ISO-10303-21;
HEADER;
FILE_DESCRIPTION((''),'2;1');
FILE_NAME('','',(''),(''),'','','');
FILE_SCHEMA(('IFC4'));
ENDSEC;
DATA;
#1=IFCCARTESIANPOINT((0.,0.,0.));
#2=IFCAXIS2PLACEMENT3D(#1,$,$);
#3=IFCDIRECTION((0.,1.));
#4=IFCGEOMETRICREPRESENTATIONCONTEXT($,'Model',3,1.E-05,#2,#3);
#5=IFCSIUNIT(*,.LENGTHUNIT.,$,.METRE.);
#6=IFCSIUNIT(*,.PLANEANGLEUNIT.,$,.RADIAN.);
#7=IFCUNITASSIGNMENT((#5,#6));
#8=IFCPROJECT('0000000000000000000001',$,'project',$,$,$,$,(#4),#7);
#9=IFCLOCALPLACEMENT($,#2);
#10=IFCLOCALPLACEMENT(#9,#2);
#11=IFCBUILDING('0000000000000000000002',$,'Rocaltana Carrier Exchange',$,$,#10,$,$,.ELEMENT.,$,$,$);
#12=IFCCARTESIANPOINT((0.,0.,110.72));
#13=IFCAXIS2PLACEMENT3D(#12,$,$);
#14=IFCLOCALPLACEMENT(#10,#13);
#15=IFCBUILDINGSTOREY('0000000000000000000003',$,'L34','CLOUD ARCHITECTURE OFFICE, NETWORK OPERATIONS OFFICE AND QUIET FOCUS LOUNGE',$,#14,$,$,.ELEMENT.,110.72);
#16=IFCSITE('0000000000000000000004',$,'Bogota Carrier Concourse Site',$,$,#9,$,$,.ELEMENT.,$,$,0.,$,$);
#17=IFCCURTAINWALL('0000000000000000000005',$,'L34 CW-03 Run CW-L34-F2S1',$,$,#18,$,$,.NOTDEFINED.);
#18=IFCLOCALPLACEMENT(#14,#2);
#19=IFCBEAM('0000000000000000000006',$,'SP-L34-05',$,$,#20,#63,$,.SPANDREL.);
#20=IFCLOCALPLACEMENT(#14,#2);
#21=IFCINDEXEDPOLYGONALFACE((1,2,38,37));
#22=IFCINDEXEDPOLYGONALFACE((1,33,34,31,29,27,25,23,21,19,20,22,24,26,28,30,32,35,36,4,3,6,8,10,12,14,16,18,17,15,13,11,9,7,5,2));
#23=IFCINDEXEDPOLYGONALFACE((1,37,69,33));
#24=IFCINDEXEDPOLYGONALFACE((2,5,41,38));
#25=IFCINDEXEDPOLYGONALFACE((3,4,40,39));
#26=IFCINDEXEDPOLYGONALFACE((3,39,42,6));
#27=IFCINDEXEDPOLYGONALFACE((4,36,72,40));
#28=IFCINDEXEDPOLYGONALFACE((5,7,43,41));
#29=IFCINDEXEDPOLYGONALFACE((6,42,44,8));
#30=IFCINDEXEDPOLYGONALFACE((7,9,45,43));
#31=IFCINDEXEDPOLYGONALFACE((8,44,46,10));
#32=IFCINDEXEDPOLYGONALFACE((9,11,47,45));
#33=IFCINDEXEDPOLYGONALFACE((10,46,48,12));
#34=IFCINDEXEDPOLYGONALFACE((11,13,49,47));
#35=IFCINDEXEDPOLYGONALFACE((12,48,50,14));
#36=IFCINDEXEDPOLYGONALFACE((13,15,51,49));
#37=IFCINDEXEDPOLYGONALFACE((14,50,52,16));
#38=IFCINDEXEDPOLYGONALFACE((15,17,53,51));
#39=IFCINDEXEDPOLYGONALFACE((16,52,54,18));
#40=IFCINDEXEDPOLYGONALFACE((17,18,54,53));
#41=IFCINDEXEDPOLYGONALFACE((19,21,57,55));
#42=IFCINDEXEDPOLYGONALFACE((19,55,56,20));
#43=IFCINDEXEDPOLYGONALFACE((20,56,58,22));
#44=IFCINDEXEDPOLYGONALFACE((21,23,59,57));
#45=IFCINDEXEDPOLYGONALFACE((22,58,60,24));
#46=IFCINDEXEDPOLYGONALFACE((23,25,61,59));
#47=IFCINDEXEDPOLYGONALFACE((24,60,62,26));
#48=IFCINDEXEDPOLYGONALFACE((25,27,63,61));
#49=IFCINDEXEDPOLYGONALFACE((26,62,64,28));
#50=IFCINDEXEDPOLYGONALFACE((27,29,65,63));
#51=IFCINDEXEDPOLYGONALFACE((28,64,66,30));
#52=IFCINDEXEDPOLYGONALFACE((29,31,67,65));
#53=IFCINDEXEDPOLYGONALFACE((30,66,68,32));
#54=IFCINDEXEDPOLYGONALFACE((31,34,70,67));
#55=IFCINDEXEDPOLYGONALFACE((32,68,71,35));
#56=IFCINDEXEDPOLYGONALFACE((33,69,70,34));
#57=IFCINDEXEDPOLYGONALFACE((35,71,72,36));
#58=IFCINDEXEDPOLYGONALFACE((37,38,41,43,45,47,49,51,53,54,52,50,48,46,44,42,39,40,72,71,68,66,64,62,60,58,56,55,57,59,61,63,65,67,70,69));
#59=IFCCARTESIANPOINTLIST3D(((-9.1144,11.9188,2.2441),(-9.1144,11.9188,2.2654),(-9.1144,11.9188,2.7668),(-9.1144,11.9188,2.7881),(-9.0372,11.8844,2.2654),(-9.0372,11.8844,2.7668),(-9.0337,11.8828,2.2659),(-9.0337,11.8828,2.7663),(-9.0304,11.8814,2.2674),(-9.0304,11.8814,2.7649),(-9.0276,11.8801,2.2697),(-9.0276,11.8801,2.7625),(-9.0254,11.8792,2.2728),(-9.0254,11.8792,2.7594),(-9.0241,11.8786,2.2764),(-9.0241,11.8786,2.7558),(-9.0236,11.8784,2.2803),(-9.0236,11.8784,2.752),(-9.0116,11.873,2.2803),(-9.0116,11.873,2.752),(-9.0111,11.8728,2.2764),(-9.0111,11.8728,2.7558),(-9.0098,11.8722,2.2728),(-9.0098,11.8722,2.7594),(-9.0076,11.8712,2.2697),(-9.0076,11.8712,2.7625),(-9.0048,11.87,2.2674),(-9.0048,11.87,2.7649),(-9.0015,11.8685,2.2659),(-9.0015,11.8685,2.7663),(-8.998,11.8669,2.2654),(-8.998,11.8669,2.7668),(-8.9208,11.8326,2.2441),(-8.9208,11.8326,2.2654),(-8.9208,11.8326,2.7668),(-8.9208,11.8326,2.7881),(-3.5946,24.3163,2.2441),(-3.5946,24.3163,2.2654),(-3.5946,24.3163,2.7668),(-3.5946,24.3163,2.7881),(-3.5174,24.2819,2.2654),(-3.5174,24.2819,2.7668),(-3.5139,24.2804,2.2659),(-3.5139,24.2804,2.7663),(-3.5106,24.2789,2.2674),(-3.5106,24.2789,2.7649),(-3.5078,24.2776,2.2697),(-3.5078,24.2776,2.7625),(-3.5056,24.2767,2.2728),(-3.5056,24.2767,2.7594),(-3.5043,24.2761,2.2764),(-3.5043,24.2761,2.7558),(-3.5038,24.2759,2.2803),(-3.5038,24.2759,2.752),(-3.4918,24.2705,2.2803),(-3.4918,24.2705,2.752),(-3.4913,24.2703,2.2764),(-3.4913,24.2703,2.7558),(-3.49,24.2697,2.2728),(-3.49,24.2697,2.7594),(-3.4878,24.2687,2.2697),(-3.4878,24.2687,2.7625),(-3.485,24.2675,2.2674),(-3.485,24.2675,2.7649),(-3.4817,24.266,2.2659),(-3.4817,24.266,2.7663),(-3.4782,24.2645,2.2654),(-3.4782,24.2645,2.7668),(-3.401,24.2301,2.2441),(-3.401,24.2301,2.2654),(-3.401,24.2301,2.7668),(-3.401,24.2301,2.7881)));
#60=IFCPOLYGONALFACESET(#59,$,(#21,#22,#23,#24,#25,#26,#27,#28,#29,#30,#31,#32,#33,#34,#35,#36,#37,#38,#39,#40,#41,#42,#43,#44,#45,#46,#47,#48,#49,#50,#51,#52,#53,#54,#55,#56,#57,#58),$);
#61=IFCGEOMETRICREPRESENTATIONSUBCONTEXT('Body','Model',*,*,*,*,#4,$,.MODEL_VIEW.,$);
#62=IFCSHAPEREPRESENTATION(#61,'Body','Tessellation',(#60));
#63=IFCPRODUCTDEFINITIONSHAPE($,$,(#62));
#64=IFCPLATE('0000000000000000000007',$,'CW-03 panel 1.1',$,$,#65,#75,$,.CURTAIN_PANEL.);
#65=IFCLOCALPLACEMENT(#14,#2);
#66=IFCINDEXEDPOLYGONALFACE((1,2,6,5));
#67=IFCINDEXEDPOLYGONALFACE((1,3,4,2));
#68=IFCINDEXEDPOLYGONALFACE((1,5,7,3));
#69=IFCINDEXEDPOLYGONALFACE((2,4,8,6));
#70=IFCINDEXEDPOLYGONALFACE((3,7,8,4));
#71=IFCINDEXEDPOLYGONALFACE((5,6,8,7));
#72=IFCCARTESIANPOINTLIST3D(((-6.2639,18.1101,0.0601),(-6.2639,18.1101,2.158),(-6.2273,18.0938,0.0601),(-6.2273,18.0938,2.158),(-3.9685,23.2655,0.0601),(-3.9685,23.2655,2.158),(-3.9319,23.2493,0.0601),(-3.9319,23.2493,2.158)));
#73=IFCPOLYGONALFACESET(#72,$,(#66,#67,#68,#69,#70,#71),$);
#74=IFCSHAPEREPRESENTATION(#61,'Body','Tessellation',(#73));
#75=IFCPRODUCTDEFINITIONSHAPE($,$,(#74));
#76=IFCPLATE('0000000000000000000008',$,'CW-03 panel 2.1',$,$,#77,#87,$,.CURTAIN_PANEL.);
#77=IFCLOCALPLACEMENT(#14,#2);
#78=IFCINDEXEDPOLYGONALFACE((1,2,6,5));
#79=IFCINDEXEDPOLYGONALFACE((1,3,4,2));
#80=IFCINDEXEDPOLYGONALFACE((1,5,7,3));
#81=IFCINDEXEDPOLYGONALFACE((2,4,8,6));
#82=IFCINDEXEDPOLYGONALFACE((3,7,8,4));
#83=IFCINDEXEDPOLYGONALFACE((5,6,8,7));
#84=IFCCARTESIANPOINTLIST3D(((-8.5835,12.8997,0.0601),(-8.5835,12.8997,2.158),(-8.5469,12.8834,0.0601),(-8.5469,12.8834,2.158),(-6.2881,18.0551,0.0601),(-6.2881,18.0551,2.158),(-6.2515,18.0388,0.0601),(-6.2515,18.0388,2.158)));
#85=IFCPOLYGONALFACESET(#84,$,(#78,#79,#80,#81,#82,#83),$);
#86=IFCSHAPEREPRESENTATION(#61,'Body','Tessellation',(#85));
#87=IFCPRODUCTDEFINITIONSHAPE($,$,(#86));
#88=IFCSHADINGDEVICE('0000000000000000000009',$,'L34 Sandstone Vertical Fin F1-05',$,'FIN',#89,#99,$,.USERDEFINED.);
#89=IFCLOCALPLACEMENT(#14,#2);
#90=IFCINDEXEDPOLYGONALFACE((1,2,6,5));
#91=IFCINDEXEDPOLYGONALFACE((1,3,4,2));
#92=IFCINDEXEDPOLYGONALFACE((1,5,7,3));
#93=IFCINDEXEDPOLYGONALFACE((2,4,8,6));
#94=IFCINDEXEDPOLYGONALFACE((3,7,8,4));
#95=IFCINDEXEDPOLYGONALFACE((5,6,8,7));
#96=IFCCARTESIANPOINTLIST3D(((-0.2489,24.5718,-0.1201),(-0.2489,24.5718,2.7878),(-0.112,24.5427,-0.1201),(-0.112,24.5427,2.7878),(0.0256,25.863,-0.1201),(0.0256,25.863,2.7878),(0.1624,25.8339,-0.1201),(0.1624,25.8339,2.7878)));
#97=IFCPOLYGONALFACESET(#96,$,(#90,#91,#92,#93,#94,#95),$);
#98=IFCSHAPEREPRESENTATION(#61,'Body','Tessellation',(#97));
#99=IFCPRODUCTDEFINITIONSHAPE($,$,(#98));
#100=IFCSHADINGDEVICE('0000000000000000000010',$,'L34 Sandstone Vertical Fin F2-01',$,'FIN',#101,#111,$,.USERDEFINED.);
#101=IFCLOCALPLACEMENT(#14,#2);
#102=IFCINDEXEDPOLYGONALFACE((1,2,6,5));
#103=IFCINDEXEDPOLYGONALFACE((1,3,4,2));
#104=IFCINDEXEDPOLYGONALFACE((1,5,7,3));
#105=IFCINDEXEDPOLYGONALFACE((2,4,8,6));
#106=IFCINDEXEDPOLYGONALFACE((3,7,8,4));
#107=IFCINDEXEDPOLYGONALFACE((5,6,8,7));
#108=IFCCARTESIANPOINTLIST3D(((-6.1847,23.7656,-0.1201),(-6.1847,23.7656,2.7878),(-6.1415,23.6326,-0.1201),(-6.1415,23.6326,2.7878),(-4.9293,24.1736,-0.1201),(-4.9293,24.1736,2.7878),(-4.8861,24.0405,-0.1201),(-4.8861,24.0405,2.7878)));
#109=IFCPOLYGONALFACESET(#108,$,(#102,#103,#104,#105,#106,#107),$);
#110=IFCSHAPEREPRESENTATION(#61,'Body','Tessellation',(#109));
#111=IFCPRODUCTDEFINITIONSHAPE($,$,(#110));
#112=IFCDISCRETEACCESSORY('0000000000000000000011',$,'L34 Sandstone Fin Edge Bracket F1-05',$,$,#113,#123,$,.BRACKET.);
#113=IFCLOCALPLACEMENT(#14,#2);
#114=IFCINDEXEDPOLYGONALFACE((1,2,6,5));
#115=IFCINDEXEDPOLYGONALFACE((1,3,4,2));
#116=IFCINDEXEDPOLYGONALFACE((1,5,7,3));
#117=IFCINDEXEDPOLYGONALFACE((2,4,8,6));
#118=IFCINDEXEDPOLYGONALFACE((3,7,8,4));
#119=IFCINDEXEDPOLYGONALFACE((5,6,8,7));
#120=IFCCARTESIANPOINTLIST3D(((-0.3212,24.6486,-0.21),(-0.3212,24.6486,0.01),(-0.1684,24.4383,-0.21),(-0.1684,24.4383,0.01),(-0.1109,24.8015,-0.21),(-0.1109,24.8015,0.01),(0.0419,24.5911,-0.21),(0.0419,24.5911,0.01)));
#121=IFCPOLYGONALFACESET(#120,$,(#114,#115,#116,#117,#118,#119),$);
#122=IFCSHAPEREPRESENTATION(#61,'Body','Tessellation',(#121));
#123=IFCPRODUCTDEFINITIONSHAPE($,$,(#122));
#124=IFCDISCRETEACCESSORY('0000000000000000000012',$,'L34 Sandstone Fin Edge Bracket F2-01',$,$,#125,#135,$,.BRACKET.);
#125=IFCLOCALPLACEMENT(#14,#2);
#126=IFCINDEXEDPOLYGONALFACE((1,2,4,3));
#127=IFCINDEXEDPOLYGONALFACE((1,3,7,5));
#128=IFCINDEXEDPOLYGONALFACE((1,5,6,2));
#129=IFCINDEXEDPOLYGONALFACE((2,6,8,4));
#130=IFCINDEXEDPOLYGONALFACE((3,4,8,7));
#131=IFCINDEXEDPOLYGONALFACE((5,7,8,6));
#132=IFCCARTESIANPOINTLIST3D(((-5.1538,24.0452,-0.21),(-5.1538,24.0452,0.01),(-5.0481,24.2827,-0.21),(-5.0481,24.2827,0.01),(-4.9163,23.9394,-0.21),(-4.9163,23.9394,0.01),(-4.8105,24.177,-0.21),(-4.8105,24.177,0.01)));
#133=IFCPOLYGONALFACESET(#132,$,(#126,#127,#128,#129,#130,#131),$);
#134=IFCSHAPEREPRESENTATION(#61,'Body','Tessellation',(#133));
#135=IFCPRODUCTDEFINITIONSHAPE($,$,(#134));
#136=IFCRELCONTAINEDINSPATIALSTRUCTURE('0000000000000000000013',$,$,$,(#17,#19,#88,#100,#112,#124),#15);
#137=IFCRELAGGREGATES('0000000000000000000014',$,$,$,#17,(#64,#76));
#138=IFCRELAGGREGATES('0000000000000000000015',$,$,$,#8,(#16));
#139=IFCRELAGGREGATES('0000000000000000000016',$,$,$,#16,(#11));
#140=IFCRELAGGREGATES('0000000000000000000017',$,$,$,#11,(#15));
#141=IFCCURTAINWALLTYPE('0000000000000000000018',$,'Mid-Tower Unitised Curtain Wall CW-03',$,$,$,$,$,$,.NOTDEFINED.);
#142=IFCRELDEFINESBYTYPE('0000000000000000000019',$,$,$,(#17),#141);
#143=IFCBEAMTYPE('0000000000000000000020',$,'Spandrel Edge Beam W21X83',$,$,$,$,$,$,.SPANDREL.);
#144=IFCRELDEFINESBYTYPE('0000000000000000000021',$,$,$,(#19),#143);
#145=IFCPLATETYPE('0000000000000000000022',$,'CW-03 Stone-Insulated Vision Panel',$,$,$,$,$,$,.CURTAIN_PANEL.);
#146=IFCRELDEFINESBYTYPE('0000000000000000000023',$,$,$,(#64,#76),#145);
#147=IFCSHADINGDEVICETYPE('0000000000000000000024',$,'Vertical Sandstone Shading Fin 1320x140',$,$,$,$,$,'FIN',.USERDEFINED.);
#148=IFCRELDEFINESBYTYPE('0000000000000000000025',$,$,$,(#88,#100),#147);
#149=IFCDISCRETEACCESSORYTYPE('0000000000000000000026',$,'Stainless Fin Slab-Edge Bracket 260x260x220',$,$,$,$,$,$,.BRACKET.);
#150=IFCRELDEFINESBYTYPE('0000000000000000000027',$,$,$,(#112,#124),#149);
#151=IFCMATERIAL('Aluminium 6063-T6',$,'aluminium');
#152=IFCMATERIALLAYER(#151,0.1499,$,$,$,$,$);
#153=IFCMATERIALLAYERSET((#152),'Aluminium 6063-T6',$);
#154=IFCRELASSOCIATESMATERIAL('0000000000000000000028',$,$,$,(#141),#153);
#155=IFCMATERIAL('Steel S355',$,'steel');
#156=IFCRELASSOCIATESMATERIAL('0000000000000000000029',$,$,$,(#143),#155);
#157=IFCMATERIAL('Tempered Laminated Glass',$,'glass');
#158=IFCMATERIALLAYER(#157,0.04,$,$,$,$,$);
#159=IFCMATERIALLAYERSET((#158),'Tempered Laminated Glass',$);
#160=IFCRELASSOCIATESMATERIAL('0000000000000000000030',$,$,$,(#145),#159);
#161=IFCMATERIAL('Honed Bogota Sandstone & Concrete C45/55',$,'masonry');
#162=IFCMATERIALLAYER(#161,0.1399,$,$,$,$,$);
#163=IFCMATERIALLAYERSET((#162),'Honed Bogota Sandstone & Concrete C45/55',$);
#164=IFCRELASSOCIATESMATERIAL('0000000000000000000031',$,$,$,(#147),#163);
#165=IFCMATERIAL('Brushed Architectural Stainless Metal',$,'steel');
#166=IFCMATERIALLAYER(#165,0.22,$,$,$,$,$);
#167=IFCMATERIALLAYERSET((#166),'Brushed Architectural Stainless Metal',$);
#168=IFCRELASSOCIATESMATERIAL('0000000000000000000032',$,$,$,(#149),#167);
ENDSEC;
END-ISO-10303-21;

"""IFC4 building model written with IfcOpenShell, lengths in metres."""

from ifc_helpers import new_model, si_unit, direction, frame, origin, origin_2d, place, context, subcontext, project, spatial, rectangle, i_section, extrude, material, layer, layer_set, material_profile, profile_set, type_object, element, aggregate, save


model = new_model("IFC4")

# Units and contexts
model_context = context("Model", 3, precision=1e-05, world=origin(), true_north=direction((0.0, 1.0)))
body_context = subcontext(model_context, "Body", "Model", "MODEL_VIEW")
ifc_project = project(units=[si_unit("LENGTHUNIT", "METRE"), si_unit("PLANEANGLEUNIT", "RADIAN")], contexts=[model_context])

# Site, building, storey
site_placement = place(None, origin())
site = spatial("IfcSite", under=ifc_project, at=site_placement, Name="Bogota Carrier Concourse Site", CompositionType="ELEMENT", RefElevation=0.0)
building_placement = place(site_placement, origin())
building = spatial("IfcBuilding", under=site, at=building_placement, Name="Rocaltana Carrier Exchange", CompositionType="ELEMENT")
storey_placement = place(building_placement, frame((0.0, 0.0, 110.72)))
storey = spatial("IfcBuildingStorey", under=building, at=storey_placement, Name="L34", Description="CLOUD ARCHITECTURE OFFICE, NETWORK OPERATIONS OFFICE AND QUIET FOCUS LOUNGE", CompositionType="ELEMENT", Elevation=110.72)

# Shared definitions
ifc_material_1 = material(Name="Aluminium 6063-T6", Category="aluminium")
ifc_layer_1 = layer(ifc_material_1, 0.1499)
ifc_layer_set_1 = layer_set([ifc_layer_1], Name="Aluminium 6063-T6")
curtain_wall_type = type_object("IfcCurtainWallType", Name="Mid-Tower Unitised Curtain Wall CW-03", PredefinedType="NOTDEFINED", material=ifc_layer_set_1)

# Curtain wall
curtain_wall_1_placement = place(storey_placement, origin())
curtain_wall_1 = element("IfcCurtainWall", 1, at=curtain_wall_1_placement, inside=storey, type_object=curtain_wall_type, Name="L34 CW-03 Run CW-L34-F2S1", PredefinedType="NOTDEFINED")

# Beam
ifc_material_2 = material(Name="Steel S355", Category="steel")
ifc_material_profile_1 = material_profile(ifc_material_2, i_section(OverallWidth=0.2119, OverallDepth=0.5439, WebThickness=0.0132, FlangeThickness=0.0212, FilletRadius=0.0149, at=origin_2d()), Name="W21X83")
ifc_profile_set_1 = profile_set([ifc_material_profile_1], Name="Steel S355")
beam_type_1 = type_object("IfcBeamType", Name="Spandrel Edge Beam W21X83", PredefinedType="SPANDREL", material=ifc_profile_set_1)
beam_1_placement = place(storey_placement, frame((-3.4978, 24.2732, 2.5161), z_axis=(-0.406741, -0.913544, 0.0), x_axis=(0.913544, -0.406741, 0.0)))
element("IfcBeam", 2, at=beam_1_placement, inside=storey, type_object=beam_type_1, Name="SP-L34-05", PredefinedType="SPANDREL", context=body_context, shape_type="SweptSolid", body=[
    extrude(i_section(OverallWidth=0.2119, OverallDepth=0.5439, WebThickness=0.0132, FlangeThickness=0.0212, FilletRadius=0.0149, at=origin_2d()), origin(), (0.0, 0.0, 1.0), 13.5708),
])

# Plates
ifc_material_3 = material(Name="Tempered Laminated Glass", Category="glass")
ifc_layer_2 = layer(ifc_material_3, 0.04)
ifc_layer_set_2 = layer_set([ifc_layer_2], Name="Tempered Laminated Glass")
plate_type = type_object("IfcPlateType", Name="CW-03 Stone-Insulated Vision Panel", PredefinedType="CURTAIN_PANEL", material=ifc_layer_set_2)
plate_1_placement = place(storey_placement, frame((-5.0979, 20.6797, 0.0601), z_axis=(0.0, 0.0, 1.0), x_axis=(-0.40674, -0.913544, 0.0)))
plate_1 = element("IfcPlate", 3, at=plate_1_placement, type_object=plate_type, Name="CW-03 panel 1.1", PredefinedType="CURTAIN_PANEL", context=body_context, shape_type="SweptSolid", body=[
    extrude(rectangle(XDim=5.6433, YDim=0.04, at=origin_2d()), origin(), (0.0, 0.0, 1.0), 2.0979),
])
plate_2_placement = place(storey_placement, frame((-7.4175, 15.4692, 0.0601), z_axis=(0.0, 0.0, 1.0), x_axis=(-0.40674, -0.913544, 0.0)))
plate_2 = element("IfcPlate", 4, at=plate_2_placement, type_object=plate_type, Name="CW-03 panel 2.1", PredefinedType="CURTAIN_PANEL", context=body_context, shape_type="SweptSolid", body=[
    extrude(rectangle(XDim=5.6433, YDim=0.04, at=origin_2d()), origin(), (0.0, 0.0, 1.0), 2.0979),
])
aggregate(curtain_wall_1, [plate_1, plate_2])

# Shading devices
ifc_material_4 = material(Name="Honed Bogota Sandstone & Concrete C45/55", Category="masonry")
ifc_layer_3 = layer(ifc_material_4, 0.1399)
ifc_layer_set_3 = layer_set([ifc_layer_3], Name="Honed Bogota Sandstone & Concrete C45/55")
shading_device_type = type_object("IfcShadingDeviceType", Name="Vertical Sandstone Shading Fin 1320x140", ElementType="FIN", PredefinedType="USERDEFINED", material=ifc_layer_set_3)
for number, where, z_axis, x_axis, name in (
    (5, (-0.0432, 25.2029, -0.1201), (0.0, 0.0, 1.0), (0.207912, 0.978148, 0.0), "L34 Sandstone Vertical Fin F1-05"),
    (6, (-5.5354, 23.9031, -0.1201), (0.0, 0.0, 1.0), (-0.951057, -0.309017, 0.0), "L34 Sandstone Vertical Fin F2-01"),
):
    element("IfcShadingDevice", number, at=place(storey_placement, frame(where, z_axis=z_axis, x_axis=x_axis)), inside=storey, type_object=shading_device_type, Name=name, ObjectType="FIN", PredefinedType="USERDEFINED", context=body_context, shape_type="SweptSolid", body=[
        extrude(rectangle(XDim=1.3201, YDim=0.1399, at=origin_2d()), origin(), (0.0, 0.0, 1.0), 2.908),
    ])

# Discrete accessories
ifc_material_5 = material(Name="Brushed Architectural Stainless Metal", Category="steel")
ifc_layer_4 = layer(ifc_material_5, 0.22)
ifc_layer_set_4 = layer_set([ifc_layer_4], Name="Brushed Architectural Stainless Metal")
discrete_accessory_type = type_object("IfcDiscreteAccessoryType", Name="Stainless Fin Slab-Edge Bracket 260x260x220", PredefinedType="BRACKET", material=ifc_layer_set_4)
for number, where, z_axis, x_axis, name in (
    (7, (-0.1396, 24.6199, -0.21), (0.0, 0.0, 1.0), (-0.587785, 0.809017, 0.0), "L34 Sandstone Fin Edge Bracket F1-05"),
    (8, (-4.9822, 24.1111, -0.21), (0.0, 0.0, 1.0), (-0.406737, -0.913545, 0.0), "L34 Sandstone Fin Edge Bracket F2-01"),
):
    element("IfcDiscreteAccessory", number, at=place(storey_placement, frame(where, z_axis=z_axis, x_axis=x_axis)), inside=storey, type_object=discrete_accessory_type, Name=name, PredefinedType="BRACKET", context=body_context, shape_type="SweptSolid", body=[
        extrude(rectangle(XDim=0.26, YDim=0.26, at=origin_2d()), origin(), (0.0, 0.0, 1.0), 0.22),
    ])

save(model, "model.ifc")
